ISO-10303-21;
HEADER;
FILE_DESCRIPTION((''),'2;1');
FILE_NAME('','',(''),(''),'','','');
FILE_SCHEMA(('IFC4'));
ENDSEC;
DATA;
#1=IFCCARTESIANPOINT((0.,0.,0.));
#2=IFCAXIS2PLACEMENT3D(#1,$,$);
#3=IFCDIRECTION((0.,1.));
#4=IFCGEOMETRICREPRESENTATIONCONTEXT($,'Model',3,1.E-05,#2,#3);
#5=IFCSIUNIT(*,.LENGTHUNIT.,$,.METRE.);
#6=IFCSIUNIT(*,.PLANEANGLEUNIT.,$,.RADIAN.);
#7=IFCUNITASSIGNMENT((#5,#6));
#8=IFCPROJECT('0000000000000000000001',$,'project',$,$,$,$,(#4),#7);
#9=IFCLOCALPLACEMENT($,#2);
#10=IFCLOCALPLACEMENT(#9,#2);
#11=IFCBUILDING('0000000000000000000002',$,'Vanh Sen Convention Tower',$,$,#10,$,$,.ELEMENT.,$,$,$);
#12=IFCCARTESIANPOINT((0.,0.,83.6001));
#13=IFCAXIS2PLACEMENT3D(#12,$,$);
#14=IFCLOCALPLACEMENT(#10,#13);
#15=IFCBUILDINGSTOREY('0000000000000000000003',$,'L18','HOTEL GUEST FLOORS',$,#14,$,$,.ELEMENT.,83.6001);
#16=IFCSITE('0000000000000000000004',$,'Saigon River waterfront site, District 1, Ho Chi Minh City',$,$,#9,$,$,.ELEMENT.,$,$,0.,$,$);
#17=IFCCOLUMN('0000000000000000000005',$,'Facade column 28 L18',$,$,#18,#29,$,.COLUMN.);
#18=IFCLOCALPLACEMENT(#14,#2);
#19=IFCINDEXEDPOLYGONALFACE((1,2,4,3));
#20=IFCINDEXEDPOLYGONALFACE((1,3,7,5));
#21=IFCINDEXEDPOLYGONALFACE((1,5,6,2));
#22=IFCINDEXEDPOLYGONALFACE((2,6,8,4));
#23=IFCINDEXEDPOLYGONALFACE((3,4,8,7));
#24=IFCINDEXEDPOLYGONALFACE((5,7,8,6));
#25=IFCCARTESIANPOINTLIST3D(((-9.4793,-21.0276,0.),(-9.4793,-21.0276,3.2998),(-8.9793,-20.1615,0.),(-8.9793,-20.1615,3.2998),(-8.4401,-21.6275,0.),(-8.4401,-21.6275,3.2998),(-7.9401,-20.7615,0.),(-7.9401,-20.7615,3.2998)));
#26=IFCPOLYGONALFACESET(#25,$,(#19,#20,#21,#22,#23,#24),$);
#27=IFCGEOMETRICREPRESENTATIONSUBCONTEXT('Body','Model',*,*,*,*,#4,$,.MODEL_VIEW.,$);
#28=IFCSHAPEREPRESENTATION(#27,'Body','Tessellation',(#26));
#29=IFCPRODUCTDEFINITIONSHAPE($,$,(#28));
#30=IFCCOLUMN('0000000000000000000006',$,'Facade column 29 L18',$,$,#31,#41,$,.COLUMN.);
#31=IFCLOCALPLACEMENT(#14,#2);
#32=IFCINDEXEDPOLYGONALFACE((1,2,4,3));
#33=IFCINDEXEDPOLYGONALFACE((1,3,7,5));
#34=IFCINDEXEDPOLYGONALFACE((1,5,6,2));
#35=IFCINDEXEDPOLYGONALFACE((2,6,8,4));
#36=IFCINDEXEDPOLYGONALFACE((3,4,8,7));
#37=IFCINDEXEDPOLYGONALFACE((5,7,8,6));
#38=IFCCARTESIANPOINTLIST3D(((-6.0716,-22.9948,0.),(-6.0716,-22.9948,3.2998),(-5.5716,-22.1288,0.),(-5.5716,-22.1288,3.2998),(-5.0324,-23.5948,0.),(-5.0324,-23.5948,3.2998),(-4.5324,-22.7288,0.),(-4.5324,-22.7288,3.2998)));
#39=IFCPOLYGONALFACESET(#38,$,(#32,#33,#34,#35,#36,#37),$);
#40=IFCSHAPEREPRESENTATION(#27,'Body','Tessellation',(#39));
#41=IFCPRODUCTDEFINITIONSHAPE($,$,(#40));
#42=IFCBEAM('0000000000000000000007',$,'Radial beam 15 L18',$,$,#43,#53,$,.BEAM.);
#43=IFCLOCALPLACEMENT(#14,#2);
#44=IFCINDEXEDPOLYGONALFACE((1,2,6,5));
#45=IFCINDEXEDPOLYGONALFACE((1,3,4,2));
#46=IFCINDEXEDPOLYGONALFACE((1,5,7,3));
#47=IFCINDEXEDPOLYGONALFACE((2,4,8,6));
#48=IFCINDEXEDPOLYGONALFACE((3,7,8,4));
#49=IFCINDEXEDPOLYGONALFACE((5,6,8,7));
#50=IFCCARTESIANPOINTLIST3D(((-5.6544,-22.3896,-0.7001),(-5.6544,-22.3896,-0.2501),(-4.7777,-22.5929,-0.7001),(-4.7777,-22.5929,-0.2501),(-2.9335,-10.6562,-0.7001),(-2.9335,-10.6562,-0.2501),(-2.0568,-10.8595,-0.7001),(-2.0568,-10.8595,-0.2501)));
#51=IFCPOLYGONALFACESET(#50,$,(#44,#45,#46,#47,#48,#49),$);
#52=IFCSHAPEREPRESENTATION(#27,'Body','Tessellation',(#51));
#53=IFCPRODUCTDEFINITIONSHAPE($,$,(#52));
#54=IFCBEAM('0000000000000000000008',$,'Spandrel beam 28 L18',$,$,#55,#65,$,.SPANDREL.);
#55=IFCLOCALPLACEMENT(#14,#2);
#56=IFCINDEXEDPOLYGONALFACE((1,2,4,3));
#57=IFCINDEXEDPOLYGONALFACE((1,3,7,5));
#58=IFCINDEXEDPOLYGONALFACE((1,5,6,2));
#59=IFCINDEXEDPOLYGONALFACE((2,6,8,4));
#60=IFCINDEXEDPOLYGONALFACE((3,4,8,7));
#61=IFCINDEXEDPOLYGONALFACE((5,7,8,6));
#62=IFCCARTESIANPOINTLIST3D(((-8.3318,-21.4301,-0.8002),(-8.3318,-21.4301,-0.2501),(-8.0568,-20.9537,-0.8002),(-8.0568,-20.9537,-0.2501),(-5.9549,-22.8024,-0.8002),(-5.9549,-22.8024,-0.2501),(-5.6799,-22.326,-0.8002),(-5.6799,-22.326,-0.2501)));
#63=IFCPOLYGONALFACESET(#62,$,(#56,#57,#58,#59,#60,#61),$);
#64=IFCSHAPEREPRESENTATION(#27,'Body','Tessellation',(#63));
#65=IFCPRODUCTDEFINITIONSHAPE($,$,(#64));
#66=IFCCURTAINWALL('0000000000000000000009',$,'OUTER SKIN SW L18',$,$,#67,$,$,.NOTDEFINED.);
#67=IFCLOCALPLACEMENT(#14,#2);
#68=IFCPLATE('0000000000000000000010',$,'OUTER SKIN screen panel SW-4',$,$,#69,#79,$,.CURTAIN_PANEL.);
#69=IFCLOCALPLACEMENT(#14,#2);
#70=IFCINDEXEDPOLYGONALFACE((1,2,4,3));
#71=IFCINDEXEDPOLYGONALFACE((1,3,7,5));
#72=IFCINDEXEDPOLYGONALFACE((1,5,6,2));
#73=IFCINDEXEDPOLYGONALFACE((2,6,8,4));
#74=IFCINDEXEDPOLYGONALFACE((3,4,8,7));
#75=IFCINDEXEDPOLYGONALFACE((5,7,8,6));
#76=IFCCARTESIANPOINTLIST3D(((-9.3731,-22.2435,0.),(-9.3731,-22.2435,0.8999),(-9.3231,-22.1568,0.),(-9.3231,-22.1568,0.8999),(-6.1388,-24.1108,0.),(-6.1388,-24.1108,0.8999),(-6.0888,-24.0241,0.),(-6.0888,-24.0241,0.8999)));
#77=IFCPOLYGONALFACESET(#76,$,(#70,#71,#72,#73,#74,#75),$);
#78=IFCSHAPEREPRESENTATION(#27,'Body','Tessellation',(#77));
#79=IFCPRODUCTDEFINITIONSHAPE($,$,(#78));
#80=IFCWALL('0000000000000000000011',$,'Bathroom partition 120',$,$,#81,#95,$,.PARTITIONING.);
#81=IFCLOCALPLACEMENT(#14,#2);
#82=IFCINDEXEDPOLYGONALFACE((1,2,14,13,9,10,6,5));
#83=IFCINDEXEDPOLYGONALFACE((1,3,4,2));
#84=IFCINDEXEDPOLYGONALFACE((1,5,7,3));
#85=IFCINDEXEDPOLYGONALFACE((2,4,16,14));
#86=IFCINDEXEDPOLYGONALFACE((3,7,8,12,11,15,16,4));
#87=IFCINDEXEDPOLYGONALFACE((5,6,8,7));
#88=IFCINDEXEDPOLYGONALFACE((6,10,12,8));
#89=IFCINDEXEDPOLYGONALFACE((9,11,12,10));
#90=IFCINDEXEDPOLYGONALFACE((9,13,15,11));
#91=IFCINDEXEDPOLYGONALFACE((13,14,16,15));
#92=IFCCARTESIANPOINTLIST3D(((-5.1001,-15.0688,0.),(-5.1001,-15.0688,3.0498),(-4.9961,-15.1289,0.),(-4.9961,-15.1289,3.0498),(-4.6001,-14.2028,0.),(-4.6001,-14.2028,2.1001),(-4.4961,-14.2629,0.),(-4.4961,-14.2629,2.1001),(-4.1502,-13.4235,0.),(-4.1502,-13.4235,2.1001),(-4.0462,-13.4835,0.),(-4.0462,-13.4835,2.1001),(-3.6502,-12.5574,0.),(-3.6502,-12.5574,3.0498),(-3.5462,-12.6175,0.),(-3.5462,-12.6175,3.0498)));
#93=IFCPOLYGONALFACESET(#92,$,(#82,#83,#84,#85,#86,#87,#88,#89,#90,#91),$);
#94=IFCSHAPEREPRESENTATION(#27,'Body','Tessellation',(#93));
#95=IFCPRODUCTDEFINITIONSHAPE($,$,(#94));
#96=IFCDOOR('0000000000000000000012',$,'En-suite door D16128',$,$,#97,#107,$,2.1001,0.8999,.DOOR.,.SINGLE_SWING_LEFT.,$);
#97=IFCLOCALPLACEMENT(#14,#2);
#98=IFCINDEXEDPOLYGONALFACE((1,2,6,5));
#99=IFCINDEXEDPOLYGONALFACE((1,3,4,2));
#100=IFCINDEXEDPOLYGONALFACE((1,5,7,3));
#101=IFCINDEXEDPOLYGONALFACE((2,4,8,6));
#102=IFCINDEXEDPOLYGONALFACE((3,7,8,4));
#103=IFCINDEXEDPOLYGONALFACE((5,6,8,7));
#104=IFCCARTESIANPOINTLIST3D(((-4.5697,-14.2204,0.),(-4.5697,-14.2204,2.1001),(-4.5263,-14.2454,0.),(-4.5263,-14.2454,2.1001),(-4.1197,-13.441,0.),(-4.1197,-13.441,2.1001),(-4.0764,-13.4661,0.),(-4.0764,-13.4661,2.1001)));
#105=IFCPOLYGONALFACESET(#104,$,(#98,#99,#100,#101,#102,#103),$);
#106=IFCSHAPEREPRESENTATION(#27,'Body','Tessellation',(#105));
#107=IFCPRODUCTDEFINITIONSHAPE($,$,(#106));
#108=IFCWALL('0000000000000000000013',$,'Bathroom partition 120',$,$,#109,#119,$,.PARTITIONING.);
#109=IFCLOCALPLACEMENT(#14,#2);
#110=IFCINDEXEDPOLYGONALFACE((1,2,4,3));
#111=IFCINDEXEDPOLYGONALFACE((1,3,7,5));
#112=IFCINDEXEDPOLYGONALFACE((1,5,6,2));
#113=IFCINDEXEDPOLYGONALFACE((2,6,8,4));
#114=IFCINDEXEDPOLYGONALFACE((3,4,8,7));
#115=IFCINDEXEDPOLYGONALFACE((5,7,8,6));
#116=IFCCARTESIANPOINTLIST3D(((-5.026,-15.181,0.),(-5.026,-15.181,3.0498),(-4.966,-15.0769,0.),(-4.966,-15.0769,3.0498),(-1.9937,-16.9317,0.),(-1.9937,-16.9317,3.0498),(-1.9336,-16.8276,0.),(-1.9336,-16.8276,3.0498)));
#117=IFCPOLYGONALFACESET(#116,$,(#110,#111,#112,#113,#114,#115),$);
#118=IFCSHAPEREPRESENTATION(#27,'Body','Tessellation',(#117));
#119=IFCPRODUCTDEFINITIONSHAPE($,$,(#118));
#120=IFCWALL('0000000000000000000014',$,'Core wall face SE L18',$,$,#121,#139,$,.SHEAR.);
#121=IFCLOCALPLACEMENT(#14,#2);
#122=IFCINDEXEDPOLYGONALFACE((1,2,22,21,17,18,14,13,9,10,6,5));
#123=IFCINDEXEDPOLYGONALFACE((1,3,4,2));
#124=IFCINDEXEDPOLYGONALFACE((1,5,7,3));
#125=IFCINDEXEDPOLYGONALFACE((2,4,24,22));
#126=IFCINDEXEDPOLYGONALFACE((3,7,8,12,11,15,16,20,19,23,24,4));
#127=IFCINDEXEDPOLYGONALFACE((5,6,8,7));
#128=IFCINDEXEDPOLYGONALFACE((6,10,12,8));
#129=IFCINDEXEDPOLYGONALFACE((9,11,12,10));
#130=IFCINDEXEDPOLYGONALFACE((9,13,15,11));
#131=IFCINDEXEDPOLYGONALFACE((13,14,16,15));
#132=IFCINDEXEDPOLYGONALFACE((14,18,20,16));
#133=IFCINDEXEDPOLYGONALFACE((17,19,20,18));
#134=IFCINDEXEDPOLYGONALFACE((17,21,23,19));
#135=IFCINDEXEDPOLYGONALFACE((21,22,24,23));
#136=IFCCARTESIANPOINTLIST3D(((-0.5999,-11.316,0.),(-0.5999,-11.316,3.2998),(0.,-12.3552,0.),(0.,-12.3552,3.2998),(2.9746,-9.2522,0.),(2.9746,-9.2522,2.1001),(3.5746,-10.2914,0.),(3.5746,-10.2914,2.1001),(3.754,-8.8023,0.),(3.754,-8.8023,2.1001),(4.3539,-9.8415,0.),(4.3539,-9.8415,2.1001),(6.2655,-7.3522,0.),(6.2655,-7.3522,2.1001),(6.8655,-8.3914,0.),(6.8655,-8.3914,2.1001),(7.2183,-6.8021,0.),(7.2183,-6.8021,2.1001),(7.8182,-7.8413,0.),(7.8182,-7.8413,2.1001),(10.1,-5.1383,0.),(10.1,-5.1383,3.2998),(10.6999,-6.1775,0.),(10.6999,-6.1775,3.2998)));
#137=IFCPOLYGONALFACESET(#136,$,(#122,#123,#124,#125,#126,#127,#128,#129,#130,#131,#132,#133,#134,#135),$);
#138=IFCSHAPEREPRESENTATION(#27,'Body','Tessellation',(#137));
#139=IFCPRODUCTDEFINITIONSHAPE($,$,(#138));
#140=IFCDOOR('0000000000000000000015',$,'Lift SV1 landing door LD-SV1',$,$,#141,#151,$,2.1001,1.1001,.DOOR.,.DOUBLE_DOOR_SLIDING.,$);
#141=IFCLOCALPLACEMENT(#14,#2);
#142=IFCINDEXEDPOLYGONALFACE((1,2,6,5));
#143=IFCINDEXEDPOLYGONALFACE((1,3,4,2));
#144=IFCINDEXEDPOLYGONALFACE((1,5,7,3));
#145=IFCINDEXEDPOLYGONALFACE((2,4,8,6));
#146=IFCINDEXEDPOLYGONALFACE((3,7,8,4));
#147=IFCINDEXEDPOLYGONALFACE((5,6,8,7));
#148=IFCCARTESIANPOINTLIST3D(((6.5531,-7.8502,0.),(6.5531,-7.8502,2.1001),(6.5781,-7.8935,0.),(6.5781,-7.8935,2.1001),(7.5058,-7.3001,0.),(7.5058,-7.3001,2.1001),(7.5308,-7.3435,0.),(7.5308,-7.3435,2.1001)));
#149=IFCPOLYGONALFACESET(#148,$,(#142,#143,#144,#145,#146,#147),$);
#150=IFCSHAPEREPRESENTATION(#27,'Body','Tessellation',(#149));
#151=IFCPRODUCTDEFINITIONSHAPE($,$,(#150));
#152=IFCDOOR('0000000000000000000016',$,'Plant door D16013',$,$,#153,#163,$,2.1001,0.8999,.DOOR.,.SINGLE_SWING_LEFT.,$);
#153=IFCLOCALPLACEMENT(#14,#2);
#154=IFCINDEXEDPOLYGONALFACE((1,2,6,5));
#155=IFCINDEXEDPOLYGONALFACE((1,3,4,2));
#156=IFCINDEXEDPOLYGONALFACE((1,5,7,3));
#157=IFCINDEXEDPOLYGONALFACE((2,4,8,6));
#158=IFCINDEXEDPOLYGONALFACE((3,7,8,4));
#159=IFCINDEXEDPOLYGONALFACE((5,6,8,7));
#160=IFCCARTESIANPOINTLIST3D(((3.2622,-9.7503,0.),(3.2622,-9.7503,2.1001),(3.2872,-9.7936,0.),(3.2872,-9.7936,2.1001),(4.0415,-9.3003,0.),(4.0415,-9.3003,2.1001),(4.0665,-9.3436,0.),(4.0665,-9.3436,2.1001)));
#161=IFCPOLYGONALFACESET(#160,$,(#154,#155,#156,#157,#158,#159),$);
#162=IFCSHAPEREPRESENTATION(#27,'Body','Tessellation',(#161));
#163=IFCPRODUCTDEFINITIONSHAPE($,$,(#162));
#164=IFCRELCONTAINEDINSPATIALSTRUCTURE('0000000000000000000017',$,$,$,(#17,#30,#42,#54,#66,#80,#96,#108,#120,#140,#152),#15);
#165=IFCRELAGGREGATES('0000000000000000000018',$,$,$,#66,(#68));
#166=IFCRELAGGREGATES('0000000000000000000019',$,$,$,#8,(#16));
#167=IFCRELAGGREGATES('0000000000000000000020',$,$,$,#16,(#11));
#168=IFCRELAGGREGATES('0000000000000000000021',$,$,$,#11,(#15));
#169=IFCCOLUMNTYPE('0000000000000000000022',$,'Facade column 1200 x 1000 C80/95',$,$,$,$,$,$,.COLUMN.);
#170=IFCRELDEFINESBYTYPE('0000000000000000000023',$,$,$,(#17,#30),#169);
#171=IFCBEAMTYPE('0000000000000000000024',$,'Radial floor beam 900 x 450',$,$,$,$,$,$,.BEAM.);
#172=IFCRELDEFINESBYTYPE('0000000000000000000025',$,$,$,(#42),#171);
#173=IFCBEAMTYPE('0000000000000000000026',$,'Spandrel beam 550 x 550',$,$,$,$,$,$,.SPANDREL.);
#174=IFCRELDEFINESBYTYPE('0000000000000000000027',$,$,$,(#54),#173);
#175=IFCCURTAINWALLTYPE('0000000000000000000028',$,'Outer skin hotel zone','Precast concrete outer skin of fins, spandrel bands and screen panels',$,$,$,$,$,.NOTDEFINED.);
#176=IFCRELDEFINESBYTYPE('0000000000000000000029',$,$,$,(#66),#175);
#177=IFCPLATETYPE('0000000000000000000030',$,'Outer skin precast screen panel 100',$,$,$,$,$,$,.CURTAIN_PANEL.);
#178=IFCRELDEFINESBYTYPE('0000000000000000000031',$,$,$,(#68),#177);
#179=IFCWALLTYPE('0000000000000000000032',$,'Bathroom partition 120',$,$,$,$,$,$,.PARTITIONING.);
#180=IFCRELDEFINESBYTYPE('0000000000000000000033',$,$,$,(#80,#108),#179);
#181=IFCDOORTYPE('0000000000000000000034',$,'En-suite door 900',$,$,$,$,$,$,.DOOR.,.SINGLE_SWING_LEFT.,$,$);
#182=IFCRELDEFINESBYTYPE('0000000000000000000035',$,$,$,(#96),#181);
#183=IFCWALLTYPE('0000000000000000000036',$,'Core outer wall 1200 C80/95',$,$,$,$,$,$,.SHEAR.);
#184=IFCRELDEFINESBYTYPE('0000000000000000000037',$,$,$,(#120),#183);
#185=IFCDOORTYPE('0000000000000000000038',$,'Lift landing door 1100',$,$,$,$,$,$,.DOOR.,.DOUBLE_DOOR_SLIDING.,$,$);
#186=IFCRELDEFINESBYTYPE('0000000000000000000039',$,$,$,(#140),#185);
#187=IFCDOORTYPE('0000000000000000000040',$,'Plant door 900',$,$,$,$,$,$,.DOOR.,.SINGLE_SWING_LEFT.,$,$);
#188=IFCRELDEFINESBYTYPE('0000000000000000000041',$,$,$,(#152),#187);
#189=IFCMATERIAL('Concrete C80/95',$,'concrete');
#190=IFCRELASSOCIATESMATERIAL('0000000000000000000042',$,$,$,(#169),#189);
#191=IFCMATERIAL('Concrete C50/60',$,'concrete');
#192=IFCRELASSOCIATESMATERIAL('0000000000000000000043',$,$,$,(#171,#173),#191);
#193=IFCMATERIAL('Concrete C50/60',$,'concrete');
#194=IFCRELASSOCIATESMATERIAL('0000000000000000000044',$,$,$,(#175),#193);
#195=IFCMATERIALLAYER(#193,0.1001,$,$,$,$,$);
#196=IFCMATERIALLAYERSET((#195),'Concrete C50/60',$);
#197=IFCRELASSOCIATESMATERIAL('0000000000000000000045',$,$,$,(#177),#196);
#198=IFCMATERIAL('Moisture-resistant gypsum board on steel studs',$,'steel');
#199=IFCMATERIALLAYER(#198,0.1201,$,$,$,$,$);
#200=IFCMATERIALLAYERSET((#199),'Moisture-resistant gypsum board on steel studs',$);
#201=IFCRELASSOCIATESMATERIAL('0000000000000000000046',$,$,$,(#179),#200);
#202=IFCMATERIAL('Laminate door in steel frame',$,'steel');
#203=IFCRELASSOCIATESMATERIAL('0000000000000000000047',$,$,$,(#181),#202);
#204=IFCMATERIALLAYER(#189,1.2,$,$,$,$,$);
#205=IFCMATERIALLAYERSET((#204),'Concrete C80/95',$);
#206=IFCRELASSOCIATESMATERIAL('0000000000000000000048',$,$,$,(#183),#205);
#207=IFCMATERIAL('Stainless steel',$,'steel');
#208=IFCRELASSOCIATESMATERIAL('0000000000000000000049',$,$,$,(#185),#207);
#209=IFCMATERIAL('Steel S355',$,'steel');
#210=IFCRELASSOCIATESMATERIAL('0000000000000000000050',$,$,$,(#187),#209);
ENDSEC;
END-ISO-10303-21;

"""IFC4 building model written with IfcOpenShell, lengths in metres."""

from ifc_helpers import new_model, si_unit, direction, frame, frame_2d, origin, origin_2d, place, context, subcontext, project, spatial, rectangle, extrude, material, layer, layer_set, material_profile, profile_set, type_object, element, fill, aggregate, save


model = new_model("IFC4")

# Units and contexts
model_context = context("Model", 3, precision=1e-05, world=origin(), true_north=direction((0.0, 1.0)))
body_context = subcontext(model_context, "Body", "Model", "MODEL_VIEW")
ifc_project = project(units=[si_unit("LENGTHUNIT", "METRE"), si_unit("PLANEANGLEUNIT", "RADIAN")], contexts=[model_context])

# Site, building, storey
site_placement = place(None, origin())
site = spatial("IfcSite", under=ifc_project, at=site_placement, Name="Saigon River waterfront site, District 1, Ho Chi Minh City", CompositionType="ELEMENT", RefElevation=0.0)
building_placement = place(site_placement, origin())
building = spatial("IfcBuilding", under=site, at=building_placement, Name="Vanh Sen Convention Tower", CompositionType="ELEMENT")
storey_placement = place(building_placement, frame((0.0, 0.0, 83.6001)))
storey = spatial("IfcBuildingStorey", under=building, at=storey_placement, Name="L18", Description="HOTEL GUEST FLOORS", CompositionType="ELEMENT", Elevation=83.6001)

# Columns
ifc_material_1 = material(Name="Concrete C80/95", Category="concrete")
ifc_material_profile_1 = material_profile(ifc_material_1, rectangle(XDim=1.2, YDim=1.0, at=origin_2d()), Name="RC 1200X1000")
ifc_profile_set_1 = profile_set([ifc_material_profile_1], Name="Concrete C80/95")
column_type = type_object("IfcColumnType", Name="Facade column 1200 x 1000 C80/95", PredefinedType="COLUMN", material=ifc_profile_set_1)
for number, where, z_axis, x_axis, name in (
    (1, (-8.7097, -20.8945, 0.0), (0.0, 0.0, 1.0), (0.866025, -0.5, 0.0), "Facade column 28 L18"),
    (2, (-5.302, -22.8618, 0.0), (0.0, 0.0, 1.0), (0.866025, -0.5, 0.0), "Facade column 29 L18"),
):
    element("IfcColumn", number, at=place(storey_placement, frame(where, z_axis=z_axis, x_axis=x_axis)), inside=storey, type_object=column_type, Name=name, PredefinedType="COLUMN", context=body_context, shape_type="SweptSolid", body=[
        extrude(rectangle(XDim=1.2, YDim=1.0, at=origin_2d()), origin(), (0.0, 0.0, 1.0), 3.2998),
    ])

# Beams
ifc_material_2 = material(Name="Concrete C50/60", Category="concrete")
ifc_material_profile_2 = material_profile(ifc_material_2, rectangle(XDim=0.8999, YDim=0.45, at=origin_2d()), Name="RC 900X450")
ifc_profile_set_2 = profile_set([ifc_material_profile_2], Name="Concrete C50/60")
beam_type_1 = type_object("IfcBeamType", Name="Radial floor beam 900 x 450", PredefinedType="BEAM", material=ifc_profile_set_2)
beam_1_placement = place(storey_placement, frame((-5.2161, -22.4912, -0.4751), z_axis=(0.225903, 0.97415, 0.0), x_axis=(-0.97415, 0.225903, 0.0)))
element("IfcBeam", 3, at=beam_1_placement, inside=storey, type_object=beam_type_1, Name="Radial beam 15 L18", PredefinedType="BEAM", context=body_context, shape_type="SweptSolid", body=[
    extrude(rectangle(XDim=0.8999, YDim=0.45, at=origin_2d()), origin(), (0.0, 0.0, 1.0), 12.0447),
])
ifc_material_profile_3 = material_profile(ifc_material_2, rectangle(XDim=0.55, YDim=0.55, at=origin_2d()), Name="RC 550X550")
ifc_profile_set_3 = profile_set([ifc_material_profile_3], Name="Concrete C50/60")
beam_type_2 = type_object("IfcBeamType", Name="Spandrel beam 550 x 550", PredefinedType="SPANDREL", material=ifc_profile_set_3)
beam_2_placement = place(storey_placement, frame((-8.1943, -21.1919, -0.5251), z_axis=(0.866029, -0.499995, 0.0), x_axis=(0.499995, 0.866029, 0.0)))
element("IfcBeam", 4, at=beam_2_placement, inside=storey, type_object=beam_type_2, Name="Spandrel beam 28 L18", PredefinedType="SPANDREL", context=body_context, shape_type="SweptSolid", body=[
    extrude(rectangle(XDim=0.55, YDim=0.55, at=origin_2d()), origin(), (0.0, 0.0, 1.0), 2.7446),
])

# Curtain wall, plate
ifc_material_3 = material(Name="Concrete C50/60", Category="concrete")
curtain_wall_type = type_object("IfcCurtainWallType", Name="Outer skin hotel zone", Description="Precast concrete outer skin of fins, spandrel bands and screen panels", PredefinedType="NOTDEFINED", material=ifc_material_3)
curtain_wall_placement = place(storey_placement, origin())
curtain_wall = element("IfcCurtainWall", 5, at=curtain_wall_placement, inside=storey, type_object=curtain_wall_type, Name="OUTER SKIN SW L18", PredefinedType="NOTDEFINED")
ifc_layer_1 = layer(ifc_material_3, 0.1001)
ifc_layer_set_1 = layer_set([ifc_layer_1], Name="Concrete C50/60")
plate_type = type_object("IfcPlateType", Name="Outer skin precast screen panel 100", PredefinedType="CURTAIN_PANEL", material=ifc_layer_set_1)
plate_placement = place(storey_placement, frame((-7.731, -23.1338, 0.0), z_axis=(0.0, 0.0, 1.0), x_axis=(0.866028, -0.499995, 0.0)))
plate = element("IfcPlate", 6, at=plate_placement, type_object=plate_type, Name="OUTER SKIN screen panel SW-4", PredefinedType="CURTAIN_PANEL", context=body_context, shape_type="SweptSolid", body=[
    extrude(rectangle(XDim=3.7346, YDim=0.1001, at=origin_2d()), origin(), (0.0, 0.0, 1.0), 0.8999),
])
aggregate(curtain_wall, [plate])

# Wall, opening, door
ifc_material_4 = material(Name="Moisture-resistant gypsum board on steel studs", Category="steel")
ifc_layer_2 = layer(ifc_material_4, 0.1201)
ifc_layer_set_2 = layer_set([ifc_layer_2], Name="Moisture-resistant gypsum board on steel studs")
wall_type_1 = type_object("IfcWallType", Name="Bathroom partition 120", PredefinedType="PARTITIONING", material=ifc_layer_set_2)
wall_1_placement = place(storey_placement, frame((-5.0481, -15.0989, 0.0), z_axis=(0.0, 0.0, 1.0), x_axis=(0.499987, 0.866033, 0.0)))
wall_1 = element("IfcWall", 7, at=wall_1_placement, inside=storey, type_object=wall_type_1, Name="Bathroom partition 120", PredefinedType="PARTITIONING", context=body_context, shape_type="SweptSolid", body=[
    extrude(rectangle(XDim=2.8999, YDim=0.1201, at=frame_2d((1.45, 0.0))), origin(), (0.0, 0.0, 1.0), 3.0498),
])
opening_1_placement = place(wall_1_placement, frame((1.0, 0.0, 0.0)))
opening_1 = element("IfcOpeningElement", 8, at=opening_1_placement, cuts=wall_1, PredefinedType="OPENING", context=body_context, shape_type="SweptSolid", body=[
    extrude(rectangle(XDim=0.8999, YDim=2.1001, at=frame_2d((0.45, 1.05))), frame((0.0, 0.0701, 0.0), z_axis=(0.0, -1.0, 0.0), x_axis=(1.0, 0.0, 0.0)), (0.0, 0.0, 1.0), 0.1401),
])
ifc_material_5 = material(Name="Laminate door in steel frame", Category="steel")
door_type_1 = type_object("IfcDoorType", Name="En-suite door 900", OperationType="SINGLE_SWING_LEFT", PredefinedType="DOOR", material=ifc_material_5)
door_1_placement = place(opening_1_placement, origin())
door_1 = element("IfcDoor", 9, at=door_1_placement, inside=storey, type_object=door_type_1, Name="En-suite door D16128", OperationType="SINGLE_SWING_LEFT", OverallHeight=2.1001, OverallWidth=0.8999, PredefinedType="DOOR", context=body_context, shape_type="SweptSolid", body=[
    extrude(rectangle(XDim=0.8999, YDim=2.1001, at=frame_2d((0.45, 1.05))), frame((0.0, 0.0249, 0.0), z_axis=(0.0, -1.0, 0.0), x_axis=(1.0, 0.0, 0.0)), (0.0, 0.0, 1.0), 0.05),
])
fill(opening_1, door_1)

# Wall
wall_2_placement = place(storey_placement, frame((-1.9636, -16.8796, 0.0), z_axis=(0.0, 0.0, 1.0), x_axis=(-0.866033, 0.499986, 0.0)))
element("IfcWall", 10, at=wall_2_placement, inside=storey, type_object=wall_type_1, Name="Bathroom partition 120", PredefinedType="PARTITIONING", context=body_context, shape_type="SweptSolid", body=[
    extrude(rectangle(XDim=3.5015, YDim=0.1201, at=frame_2d((1.7507, 0.0))), origin(), (0.0, 0.0, 1.0), 3.0498),
])

# Wall, openings, doors
ifc_layer_3 = layer(ifc_material_1, 1.2)
ifc_layer_set_3 = layer_set([ifc_layer_3], Name="Concrete C80/95")
wall_type_2 = type_object("IfcWallType", Name="Core outer wall 1200 C80/95", PredefinedType="SHEAR", material=ifc_layer_set_3)
wall_3_placement = place(storey_placement, frame((-0.3, -11.8357, 0.0), z_axis=(0.0, 0.0, 1.0), x_axis=(0.866021, 0.500007, 0.0)))
wall_3 = element("IfcWall", 11, at=wall_3_placement, inside=storey, type_object=wall_type_2, Name="Core wall face SE L18", PredefinedType="SHEAR", context=body_context, shape_type="SweptSolid", body=[
    extrude(rectangle(XDim=12.3552, YDim=1.2, at=frame_2d((6.1777, 0.0))), origin(), (0.0, 0.0, 1.0), 3.2998),
])
opening_2_placement = place(wall_3_placement, frame((4.1277, 0.0, 0.0)))
opening_2 = element("IfcOpeningElement", 12, at=opening_2_placement, cuts=wall_3, PredefinedType="OPENING", context=body_context, shape_type="SweptSolid", body=[
    extrude(rectangle(XDim=0.8999, YDim=2.1001, at=frame_2d((0.45, 1.05))), frame((0.0, 0.6099, 0.0), z_axis=(0.0, -1.0, 0.0), x_axis=(1.0, 0.0, 0.0)), (0.0, 0.0, 1.0), 1.22),
])
opening_3_placement = place(wall_3_placement, frame((7.9277, 0.0, 0.0)))
opening_3 = element("IfcOpeningElement", 13, at=opening_3_placement, cuts=wall_3, PredefinedType="OPENING", context=body_context, shape_type="SweptSolid", body=[
    extrude(rectangle(XDim=1.1001, YDim=2.1001, at=frame_2d((0.55, 1.05))), frame((0.0, 0.6099, 0.0), z_axis=(0.0, -1.0, 0.0), x_axis=(1.0, 0.0, 0.0)), (0.0, 0.0, 1.0), 1.22),
])
ifc_material_6 = material(Name="Stainless steel", Category="steel")
door_type_2 = type_object("IfcDoorType", Name="Lift landing door 1100", OperationType="DOUBLE_DOOR_SLIDING", PredefinedType="DOOR", material=ifc_material_6)
door_2_placement = place(opening_3_placement, origin())
door_2 = element("IfcDoor", 14, at=door_2_placement, inside=storey, type_object=door_type_2, Name="Lift SV1 landing door LD-SV1", OperationType="DOUBLE_DOOR_SLIDING", OverallHeight=2.1001, OverallWidth=1.1001, PredefinedType="DOOR", context=body_context, shape_type="SweptSolid", body=[
    extrude(rectangle(XDim=1.1001, YDim=2.1001, at=frame_2d((0.55, 1.05))), frame((0.0, 0.0249, 0.0), z_axis=(0.0, -1.0, 0.0), x_axis=(1.0, 0.0, 0.0)), (0.0, 0.0, 1.0), 0.05),
])
fill(opening_3, door_2)
ifc_material_7 = material(Name="Steel S355", Category="steel")
door_type_3 = type_object("IfcDoorType", Name="Plant door 900", OperationType="SINGLE_SWING_LEFT", PredefinedType="DOOR", material=ifc_material_7)
door_3_placement = place(opening_2_placement, origin())
door_3 = element("IfcDoor", 15, at=door_3_placement, inside=storey, type_object=door_type_3, Name="Plant door D16013", OperationType="SINGLE_SWING_LEFT", OverallHeight=2.1001, OverallWidth=0.8999, PredefinedType="DOOR", context=body_context, shape_type="SweptSolid", body=[
    extrude(rectangle(XDim=0.8999, YDim=2.1001, at=frame_2d((0.45, 1.05))), frame((0.0, 0.0249, 0.0), z_axis=(0.0, -1.0, 0.0), x_axis=(1.0, 0.0, 0.0)), (0.0, 0.0, 1.0), 0.05),
])
fill(opening_2, door_3)

save(model, "model.ifc")
